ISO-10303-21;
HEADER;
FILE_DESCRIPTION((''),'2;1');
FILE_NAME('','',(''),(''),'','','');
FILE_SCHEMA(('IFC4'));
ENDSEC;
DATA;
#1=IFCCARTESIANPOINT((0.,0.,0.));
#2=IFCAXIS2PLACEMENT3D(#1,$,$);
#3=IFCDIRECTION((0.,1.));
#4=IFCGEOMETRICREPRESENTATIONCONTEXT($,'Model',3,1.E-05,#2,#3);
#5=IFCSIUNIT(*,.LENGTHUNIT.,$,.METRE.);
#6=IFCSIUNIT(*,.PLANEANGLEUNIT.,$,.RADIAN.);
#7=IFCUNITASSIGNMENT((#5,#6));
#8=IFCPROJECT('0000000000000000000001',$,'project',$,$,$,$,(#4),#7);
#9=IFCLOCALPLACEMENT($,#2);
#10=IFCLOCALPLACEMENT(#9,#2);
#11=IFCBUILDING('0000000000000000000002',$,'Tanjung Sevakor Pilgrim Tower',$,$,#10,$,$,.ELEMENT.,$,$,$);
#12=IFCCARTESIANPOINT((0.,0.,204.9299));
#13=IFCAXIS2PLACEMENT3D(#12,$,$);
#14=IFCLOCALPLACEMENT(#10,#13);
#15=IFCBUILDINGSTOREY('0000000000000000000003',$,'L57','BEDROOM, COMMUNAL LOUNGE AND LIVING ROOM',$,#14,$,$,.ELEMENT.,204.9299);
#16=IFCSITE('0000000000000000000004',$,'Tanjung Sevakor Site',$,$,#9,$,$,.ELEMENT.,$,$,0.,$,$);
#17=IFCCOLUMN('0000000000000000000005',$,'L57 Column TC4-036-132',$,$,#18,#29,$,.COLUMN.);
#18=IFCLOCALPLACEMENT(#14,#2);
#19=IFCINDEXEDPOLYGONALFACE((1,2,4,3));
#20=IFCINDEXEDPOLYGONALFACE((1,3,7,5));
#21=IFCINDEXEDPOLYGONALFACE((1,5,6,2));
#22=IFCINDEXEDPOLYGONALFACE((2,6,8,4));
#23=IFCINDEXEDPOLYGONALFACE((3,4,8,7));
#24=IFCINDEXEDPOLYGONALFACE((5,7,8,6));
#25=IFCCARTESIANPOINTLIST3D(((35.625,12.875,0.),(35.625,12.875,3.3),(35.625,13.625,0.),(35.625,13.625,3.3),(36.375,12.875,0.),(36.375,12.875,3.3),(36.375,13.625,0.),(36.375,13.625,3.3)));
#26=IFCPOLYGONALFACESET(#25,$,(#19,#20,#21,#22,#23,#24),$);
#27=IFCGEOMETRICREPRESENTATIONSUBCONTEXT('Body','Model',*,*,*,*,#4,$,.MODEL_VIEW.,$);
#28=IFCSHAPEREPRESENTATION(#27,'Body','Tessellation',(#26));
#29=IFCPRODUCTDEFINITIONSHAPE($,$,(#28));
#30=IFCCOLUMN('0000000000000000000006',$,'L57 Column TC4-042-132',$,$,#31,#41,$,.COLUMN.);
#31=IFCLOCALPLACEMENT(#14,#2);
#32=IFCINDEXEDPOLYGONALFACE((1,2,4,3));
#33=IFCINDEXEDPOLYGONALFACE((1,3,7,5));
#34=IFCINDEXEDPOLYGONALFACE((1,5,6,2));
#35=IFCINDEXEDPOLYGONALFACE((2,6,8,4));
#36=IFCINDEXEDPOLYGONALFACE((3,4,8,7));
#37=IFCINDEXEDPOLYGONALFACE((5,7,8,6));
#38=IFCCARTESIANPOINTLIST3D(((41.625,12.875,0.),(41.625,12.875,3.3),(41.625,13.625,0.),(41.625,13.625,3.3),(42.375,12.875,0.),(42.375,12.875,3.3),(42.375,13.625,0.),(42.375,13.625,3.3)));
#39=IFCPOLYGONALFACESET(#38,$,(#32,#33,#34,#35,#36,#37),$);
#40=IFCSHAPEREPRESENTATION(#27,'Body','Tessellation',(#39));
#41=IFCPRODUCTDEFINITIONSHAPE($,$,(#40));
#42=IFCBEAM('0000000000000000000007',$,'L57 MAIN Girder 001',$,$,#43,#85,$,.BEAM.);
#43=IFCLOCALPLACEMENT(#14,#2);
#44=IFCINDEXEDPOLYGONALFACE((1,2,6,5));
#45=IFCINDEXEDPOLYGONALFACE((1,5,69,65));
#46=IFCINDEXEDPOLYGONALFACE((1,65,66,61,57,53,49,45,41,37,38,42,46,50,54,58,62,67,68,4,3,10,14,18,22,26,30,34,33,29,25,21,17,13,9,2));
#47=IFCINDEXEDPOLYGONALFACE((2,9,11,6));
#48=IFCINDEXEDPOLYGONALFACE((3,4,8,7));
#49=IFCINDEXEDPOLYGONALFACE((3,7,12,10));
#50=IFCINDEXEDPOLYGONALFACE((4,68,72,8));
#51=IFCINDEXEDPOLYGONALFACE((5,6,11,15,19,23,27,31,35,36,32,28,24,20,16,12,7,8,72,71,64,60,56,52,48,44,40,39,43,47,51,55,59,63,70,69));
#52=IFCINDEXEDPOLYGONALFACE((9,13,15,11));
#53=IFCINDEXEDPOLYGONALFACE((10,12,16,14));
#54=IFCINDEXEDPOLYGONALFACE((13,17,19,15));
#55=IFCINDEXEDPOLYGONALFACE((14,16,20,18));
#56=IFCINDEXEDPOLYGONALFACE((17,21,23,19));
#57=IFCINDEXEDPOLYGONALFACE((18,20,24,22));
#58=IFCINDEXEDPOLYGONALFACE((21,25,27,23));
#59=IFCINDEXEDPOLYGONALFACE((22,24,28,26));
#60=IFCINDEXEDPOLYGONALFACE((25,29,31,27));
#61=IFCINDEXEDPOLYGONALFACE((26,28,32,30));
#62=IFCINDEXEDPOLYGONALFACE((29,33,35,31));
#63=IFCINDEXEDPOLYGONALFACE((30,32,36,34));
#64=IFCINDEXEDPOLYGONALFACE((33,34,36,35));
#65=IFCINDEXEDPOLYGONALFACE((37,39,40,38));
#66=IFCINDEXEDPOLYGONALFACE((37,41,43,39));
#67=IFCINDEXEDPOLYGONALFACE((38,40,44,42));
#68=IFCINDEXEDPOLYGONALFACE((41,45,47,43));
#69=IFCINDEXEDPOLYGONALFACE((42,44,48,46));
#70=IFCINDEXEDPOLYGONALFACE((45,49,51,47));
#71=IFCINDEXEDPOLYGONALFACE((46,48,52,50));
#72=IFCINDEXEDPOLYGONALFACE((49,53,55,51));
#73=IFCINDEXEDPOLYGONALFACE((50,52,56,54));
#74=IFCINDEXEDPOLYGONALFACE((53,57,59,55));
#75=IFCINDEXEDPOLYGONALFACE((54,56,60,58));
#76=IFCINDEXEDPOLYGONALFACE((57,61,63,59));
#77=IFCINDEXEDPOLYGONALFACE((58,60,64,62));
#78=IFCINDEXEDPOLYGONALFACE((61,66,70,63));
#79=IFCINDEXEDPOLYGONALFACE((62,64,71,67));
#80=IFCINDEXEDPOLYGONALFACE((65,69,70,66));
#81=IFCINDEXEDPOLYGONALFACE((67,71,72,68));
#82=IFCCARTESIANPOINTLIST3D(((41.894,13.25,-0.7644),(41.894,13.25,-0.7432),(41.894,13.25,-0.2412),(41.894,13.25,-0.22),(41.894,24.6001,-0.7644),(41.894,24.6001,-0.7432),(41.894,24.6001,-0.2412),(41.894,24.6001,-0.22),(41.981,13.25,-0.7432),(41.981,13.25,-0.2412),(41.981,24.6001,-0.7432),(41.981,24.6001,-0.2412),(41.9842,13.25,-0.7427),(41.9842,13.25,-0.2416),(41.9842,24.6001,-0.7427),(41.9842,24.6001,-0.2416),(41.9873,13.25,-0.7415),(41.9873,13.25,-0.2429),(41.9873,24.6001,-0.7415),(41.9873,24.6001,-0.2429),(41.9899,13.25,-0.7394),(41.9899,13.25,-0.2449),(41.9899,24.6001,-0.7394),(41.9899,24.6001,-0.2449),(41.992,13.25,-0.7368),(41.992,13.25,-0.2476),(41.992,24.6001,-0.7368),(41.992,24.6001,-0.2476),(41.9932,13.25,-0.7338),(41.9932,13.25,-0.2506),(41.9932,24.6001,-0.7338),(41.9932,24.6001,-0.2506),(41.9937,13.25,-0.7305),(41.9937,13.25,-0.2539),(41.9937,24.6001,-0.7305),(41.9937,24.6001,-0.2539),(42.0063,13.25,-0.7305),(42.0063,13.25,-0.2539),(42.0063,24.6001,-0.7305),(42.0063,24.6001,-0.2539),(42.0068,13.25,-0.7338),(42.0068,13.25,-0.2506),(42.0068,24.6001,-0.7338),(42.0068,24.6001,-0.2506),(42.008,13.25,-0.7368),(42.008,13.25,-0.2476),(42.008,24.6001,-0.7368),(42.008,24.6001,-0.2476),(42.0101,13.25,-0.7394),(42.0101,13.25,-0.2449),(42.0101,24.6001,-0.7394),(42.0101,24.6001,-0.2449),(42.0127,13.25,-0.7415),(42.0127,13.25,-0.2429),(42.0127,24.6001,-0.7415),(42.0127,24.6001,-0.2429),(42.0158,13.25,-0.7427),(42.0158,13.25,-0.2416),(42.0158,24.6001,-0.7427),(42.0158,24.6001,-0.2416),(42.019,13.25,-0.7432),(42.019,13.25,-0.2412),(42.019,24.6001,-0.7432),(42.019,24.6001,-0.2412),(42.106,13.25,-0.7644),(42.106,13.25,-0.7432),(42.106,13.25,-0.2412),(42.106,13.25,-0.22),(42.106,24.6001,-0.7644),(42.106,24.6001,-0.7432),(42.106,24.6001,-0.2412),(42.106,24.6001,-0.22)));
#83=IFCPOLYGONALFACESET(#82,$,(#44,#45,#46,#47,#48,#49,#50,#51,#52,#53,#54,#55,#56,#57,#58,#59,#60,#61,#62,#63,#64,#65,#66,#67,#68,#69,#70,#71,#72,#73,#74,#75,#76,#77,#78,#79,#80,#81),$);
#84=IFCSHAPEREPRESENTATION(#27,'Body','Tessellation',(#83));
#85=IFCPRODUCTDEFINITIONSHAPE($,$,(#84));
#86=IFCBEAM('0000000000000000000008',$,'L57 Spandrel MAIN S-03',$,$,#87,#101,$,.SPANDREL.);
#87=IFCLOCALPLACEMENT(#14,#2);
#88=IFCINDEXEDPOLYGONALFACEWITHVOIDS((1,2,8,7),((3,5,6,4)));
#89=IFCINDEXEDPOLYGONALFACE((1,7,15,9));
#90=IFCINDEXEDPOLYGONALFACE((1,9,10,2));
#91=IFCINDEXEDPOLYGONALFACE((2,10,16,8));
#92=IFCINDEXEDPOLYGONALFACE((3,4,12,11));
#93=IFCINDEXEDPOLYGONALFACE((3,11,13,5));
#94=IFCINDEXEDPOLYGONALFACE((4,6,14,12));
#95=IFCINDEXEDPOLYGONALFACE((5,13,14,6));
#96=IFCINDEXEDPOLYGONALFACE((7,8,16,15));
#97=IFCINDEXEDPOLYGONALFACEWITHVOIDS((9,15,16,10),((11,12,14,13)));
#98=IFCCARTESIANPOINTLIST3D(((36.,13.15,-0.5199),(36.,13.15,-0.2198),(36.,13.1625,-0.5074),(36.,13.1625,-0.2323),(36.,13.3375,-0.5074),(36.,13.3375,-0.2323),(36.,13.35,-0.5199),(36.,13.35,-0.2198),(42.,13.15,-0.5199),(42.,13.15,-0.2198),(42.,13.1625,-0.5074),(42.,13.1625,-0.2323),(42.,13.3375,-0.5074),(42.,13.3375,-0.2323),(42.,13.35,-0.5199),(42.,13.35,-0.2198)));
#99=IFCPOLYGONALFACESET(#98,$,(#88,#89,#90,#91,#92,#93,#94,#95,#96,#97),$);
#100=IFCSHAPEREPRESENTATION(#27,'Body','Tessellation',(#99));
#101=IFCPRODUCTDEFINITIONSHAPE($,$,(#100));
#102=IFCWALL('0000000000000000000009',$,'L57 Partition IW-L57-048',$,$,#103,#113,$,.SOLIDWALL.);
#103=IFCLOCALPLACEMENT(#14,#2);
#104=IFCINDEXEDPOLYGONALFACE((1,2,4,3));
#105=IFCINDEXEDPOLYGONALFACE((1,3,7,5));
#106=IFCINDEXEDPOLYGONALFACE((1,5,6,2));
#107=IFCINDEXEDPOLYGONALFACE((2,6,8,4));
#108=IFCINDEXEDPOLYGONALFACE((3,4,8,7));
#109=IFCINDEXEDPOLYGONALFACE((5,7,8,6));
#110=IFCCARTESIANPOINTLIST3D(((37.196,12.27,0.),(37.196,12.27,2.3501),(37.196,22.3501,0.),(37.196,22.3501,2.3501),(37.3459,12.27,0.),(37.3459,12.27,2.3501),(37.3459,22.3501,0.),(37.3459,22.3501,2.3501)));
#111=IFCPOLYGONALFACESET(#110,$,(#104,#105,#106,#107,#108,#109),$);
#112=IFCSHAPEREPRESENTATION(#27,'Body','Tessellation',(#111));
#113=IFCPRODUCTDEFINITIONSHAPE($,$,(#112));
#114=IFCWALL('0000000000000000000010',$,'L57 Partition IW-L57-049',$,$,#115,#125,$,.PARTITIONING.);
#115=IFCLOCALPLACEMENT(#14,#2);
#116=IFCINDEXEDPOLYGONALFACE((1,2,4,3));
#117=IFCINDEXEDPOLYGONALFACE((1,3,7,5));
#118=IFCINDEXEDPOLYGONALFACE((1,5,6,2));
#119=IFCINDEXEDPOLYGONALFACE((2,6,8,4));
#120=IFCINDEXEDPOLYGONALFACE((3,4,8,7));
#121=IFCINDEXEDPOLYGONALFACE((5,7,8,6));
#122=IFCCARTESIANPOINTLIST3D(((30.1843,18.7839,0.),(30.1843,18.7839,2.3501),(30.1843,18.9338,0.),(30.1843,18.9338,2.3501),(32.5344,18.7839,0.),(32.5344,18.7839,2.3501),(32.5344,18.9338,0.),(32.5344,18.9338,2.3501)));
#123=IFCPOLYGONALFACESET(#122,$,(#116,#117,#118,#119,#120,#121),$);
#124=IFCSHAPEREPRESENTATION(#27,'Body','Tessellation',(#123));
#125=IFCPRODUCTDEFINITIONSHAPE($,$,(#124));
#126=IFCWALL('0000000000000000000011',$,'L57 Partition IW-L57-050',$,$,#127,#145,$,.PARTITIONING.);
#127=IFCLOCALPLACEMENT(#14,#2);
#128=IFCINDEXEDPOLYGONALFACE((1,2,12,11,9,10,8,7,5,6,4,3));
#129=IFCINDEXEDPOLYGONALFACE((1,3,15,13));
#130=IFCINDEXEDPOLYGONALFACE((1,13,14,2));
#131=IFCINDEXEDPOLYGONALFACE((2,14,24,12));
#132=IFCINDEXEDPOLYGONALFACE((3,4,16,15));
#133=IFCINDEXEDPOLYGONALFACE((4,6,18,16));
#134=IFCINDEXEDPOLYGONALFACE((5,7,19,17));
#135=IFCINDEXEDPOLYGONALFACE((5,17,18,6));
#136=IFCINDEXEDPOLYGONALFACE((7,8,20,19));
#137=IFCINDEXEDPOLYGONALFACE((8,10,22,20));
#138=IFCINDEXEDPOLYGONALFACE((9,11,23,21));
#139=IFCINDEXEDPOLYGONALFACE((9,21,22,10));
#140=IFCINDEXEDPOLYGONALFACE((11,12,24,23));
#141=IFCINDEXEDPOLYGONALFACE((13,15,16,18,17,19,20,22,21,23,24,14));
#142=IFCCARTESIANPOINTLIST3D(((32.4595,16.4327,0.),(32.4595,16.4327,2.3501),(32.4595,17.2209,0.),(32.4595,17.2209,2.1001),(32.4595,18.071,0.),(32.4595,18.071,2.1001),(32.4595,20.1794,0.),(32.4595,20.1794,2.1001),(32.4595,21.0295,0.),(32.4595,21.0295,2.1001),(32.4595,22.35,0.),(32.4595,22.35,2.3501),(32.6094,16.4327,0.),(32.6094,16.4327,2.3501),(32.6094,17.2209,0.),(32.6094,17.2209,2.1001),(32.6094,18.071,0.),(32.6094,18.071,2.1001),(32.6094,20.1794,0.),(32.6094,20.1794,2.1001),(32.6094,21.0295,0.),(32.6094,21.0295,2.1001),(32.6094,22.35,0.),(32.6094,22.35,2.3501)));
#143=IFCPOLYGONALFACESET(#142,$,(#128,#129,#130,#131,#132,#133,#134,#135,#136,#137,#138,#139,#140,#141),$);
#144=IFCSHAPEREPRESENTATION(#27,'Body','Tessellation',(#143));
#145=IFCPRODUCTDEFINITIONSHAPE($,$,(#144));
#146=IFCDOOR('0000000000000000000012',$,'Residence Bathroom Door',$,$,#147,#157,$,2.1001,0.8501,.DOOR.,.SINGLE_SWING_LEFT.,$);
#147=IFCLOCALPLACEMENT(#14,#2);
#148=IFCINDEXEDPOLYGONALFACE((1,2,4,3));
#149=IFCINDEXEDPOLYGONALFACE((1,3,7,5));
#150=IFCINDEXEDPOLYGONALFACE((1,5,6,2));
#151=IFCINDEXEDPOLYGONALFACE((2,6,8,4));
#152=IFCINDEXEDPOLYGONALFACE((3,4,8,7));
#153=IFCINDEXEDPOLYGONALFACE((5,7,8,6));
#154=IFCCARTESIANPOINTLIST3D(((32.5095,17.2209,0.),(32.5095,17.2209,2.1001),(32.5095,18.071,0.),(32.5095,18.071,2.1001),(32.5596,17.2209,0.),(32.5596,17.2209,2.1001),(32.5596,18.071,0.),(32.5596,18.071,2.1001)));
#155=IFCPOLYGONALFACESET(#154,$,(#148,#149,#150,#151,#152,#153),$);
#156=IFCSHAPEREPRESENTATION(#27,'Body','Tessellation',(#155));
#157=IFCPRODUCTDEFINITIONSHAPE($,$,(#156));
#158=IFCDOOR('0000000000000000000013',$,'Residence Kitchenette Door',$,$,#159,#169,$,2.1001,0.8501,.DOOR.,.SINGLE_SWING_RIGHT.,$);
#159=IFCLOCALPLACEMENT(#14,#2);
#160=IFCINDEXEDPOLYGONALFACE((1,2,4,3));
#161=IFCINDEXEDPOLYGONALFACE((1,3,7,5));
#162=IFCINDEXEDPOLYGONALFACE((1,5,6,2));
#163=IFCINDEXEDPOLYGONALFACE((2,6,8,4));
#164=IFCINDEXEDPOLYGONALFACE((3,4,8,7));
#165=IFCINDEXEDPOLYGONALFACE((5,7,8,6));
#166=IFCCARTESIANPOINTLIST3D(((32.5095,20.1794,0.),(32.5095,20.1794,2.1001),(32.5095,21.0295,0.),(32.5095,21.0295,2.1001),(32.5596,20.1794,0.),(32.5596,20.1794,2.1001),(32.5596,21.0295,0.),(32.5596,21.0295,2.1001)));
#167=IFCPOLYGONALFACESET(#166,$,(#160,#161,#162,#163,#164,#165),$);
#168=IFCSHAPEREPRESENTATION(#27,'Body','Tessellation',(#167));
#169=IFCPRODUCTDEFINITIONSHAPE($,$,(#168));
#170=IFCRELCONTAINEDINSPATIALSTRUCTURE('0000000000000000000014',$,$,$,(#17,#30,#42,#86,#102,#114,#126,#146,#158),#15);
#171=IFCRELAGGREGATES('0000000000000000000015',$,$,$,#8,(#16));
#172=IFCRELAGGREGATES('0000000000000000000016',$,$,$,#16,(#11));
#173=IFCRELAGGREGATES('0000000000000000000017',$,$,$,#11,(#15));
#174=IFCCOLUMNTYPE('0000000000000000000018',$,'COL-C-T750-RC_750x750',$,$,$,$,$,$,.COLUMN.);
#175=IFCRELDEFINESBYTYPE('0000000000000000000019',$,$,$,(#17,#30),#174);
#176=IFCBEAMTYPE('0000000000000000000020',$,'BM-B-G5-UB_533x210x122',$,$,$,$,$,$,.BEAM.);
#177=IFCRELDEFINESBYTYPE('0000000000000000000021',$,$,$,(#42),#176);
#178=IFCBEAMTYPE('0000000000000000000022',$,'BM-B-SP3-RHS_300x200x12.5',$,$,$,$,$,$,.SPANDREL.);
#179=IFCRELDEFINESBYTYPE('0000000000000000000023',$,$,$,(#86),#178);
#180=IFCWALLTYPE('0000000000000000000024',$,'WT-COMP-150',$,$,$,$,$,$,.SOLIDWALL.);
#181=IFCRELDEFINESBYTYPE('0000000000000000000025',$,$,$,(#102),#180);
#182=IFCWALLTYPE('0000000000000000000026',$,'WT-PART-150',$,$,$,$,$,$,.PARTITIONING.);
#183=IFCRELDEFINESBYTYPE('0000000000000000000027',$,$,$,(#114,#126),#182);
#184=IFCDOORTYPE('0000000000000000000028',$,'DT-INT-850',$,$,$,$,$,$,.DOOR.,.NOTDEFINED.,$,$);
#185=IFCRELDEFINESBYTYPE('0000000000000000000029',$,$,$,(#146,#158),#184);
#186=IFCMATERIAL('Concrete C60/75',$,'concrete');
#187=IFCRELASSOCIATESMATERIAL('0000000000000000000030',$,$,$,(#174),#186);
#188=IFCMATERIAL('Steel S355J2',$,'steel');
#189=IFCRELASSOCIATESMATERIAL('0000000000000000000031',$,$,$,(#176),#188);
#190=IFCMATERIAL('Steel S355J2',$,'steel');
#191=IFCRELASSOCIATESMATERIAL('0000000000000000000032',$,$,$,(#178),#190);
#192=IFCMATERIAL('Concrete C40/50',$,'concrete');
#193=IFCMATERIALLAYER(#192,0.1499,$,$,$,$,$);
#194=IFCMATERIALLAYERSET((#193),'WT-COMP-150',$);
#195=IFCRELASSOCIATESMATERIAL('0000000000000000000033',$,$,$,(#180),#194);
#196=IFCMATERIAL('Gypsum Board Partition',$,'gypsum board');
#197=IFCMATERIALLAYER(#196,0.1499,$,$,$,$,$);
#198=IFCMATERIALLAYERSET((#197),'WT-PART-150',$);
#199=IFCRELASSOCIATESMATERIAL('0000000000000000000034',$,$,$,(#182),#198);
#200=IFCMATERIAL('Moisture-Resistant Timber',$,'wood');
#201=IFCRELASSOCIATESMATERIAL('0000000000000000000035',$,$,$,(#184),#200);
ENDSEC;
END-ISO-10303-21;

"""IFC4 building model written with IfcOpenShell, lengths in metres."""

from ifc_helpers import new_model, si_unit, direction, frame, frame_2d, origin, origin_2d, place, context, subcontext, project, spatial, rectangle, hollow_rectangle, i_section, extrude, material, layer, layer_set, material_profile, profile_set, type_object, element, fill, save


model = new_model("IFC4")

# Units and contexts
model_context = context("Model", 3, precision=1e-05, world=origin(), true_north=direction((0.0, 1.0)))
body_context = subcontext(model_context, "Body", "Model", "MODEL_VIEW")
ifc_project = project(units=[si_unit("LENGTHUNIT", "METRE"), si_unit("PLANEANGLEUNIT", "RADIAN")], contexts=[model_context])

# Site, building, storey
site_placement = place(None, origin())
site = spatial("IfcSite", under=ifc_project, at=site_placement, Name="Tanjung Sevakor Site", CompositionType="ELEMENT", RefElevation=0.0)
building_placement = place(site_placement, origin())
building = spatial("IfcBuilding", under=site, at=building_placement, Name="Tanjung Sevakor Pilgrim Tower", CompositionType="ELEMENT")
storey_placement = place(building_placement, frame((0.0, 0.0, 204.9299)))
storey = spatial("IfcBuildingStorey", under=building, at=storey_placement, Name="L57", Description="BEDROOM, COMMUNAL LOUNGE AND LIVING ROOM", CompositionType="ELEMENT", Elevation=204.9299)

# Columns
ifc_material_1 = material(Name="Concrete C60/75", Category="concrete")
ifc_material_profile_1 = material_profile(ifc_material_1, rectangle(XDim=0.75, YDim=0.75, at=origin_2d()))
ifc_profile_set_1 = profile_set([ifc_material_profile_1], Name="Concrete C60/75")
column_type = type_object("IfcColumnType", Name="COL-C-T750-RC_750x750", PredefinedType="COLUMN", material=ifc_profile_set_1)
for number, where, z_axis, x_axis, name in (
    (1, (36.0, 13.25, 0.0), (0.0, 0.0, 1.0), (1.0, 0.0, 0.0), "L57 Column TC4-036-132"),
    (2, (42.0, 13.25, 0.0), (0.0, 0.0, 1.0), (1.0, 0.0, 0.0), "L57 Column TC4-042-132"),
):
    element("IfcColumn", number, at=place(storey_placement, frame(where, z_axis=z_axis, x_axis=x_axis)), inside=storey, type_object=column_type, Name=name, PredefinedType="COLUMN", context=body_context, shape_type="SweptSolid", body=[
        extrude(rectangle(XDim=0.75, YDim=0.75, at=origin_2d()), origin(), (0.0, 0.0, 1.0), 3.3),
    ])

# Beams
ifc_material_2 = material(Name="Steel S355J2", Category="steel")
ifc_material_profile_2 = material_profile(ifc_material_2, i_section(OverallWidth=0.2119, OverallDepth=0.5444, WebThickness=0.0127, FlangeThickness=0.0212, FilletRadius=0.0127, at=origin_2d()))
ifc_profile_set_2 = profile_set([ifc_material_profile_2], Name="Steel S355J2")
beam_type_1 = type_object("IfcBeamType", Name="BM-B-G5-UB_533x210x122", PredefinedType="BEAM", material=ifc_profile_set_2)
beam_1_placement = place(storey_placement, frame((42.0, 13.25, -0.4922), z_axis=(0.0, 1.0, 0.0), x_axis=(-1.0, 0.0, 0.0)))
element("IfcBeam", 3, at=beam_1_placement, inside=storey, type_object=beam_type_1, Name="L57 MAIN Girder 001", PredefinedType="BEAM", context=body_context, shape_type="SweptSolid", body=[
    extrude(i_section(OverallWidth=0.2119, OverallDepth=0.5444, WebThickness=0.0127, FlangeThickness=0.0212, FilletRadius=0.0127, at=origin_2d()), origin(), (0.0, 0.0, 1.0), 11.3501),
])
ifc_material_3 = material(Name="Steel S355J2", Category="steel")
ifc_material_profile_3 = material_profile(ifc_material_3, hollow_rectangle(XDim=0.2, YDim=0.3, WallThickness=0.0125, at=origin_2d()))
ifc_profile_set_3 = profile_set([ifc_material_profile_3], Name="Steel S355J2")
beam_type_2 = type_object("IfcBeamType", Name="BM-B-SP3-RHS_300x200x12.5", PredefinedType="SPANDREL", material=ifc_profile_set_3)
beam_2_placement = place(storey_placement, frame((36.0, 13.25, -0.3699), z_axis=(1.0, 0.0, 0.0), x_axis=(0.0, 1.0, 0.0)))
element("IfcBeam", 4, at=beam_2_placement, inside=storey, type_object=beam_type_2, Name="L57 Spandrel MAIN S-03", PredefinedType="SPANDREL", context=body_context, shape_type="SweptSolid", body=[
    extrude(hollow_rectangle(XDim=0.2, YDim=0.3, WallThickness=0.0125, at=origin_2d()), origin(), (0.0, 0.0, 1.0), 6.0),
])

# Walls
ifc_material_4 = material(Name="Concrete C40/50", Category="concrete")
ifc_layer_1 = layer(ifc_material_4, 0.1499)
ifc_layer_set_1 = layer_set([ifc_layer_1], Name="WT-COMP-150")
wall_type_1 = type_object("IfcWallType", Name="WT-COMP-150", PredefinedType="SOLIDWALL", material=ifc_layer_set_1)
wall_1_placement = place(storey_placement, frame((37.271, 12.27, 0.0), z_axis=(0.0, 0.0, 1.0), x_axis=(0.0, 1.0, 0.0)))
element("IfcWall", 5, at=wall_1_placement, inside=storey, type_object=wall_type_1, Name="L57 Partition IW-L57-048", PredefinedType="SOLIDWALL", context=body_context, shape_type="SweptSolid", body=[
    extrude(rectangle(XDim=10.0801, YDim=0.1499, at=frame_2d((5.04, 0.0))), origin(), (0.0, 0.0, 1.0), 2.3501),
])
ifc_material_5 = material(Name="Gypsum Board Partition", Category="gypsum board")
ifc_layer_2 = layer(ifc_material_5, 0.1499)
ifc_layer_set_2 = layer_set([ifc_layer_2], Name="WT-PART-150")
wall_type_2 = type_object("IfcWallType", Name="WT-PART-150", PredefinedType="PARTITIONING", material=ifc_layer_set_2)
wall_2_placement = place(storey_placement, frame((30.1843, 18.8589, 0.0), z_axis=(0.0, 0.0, 1.0), x_axis=(1.0, 0.0, 0.0)))
element("IfcWall", 6, at=wall_2_placement, inside=storey, type_object=wall_type_2, Name="L57 Partition IW-L57-049", PredefinedType="PARTITIONING", context=body_context, shape_type="SweptSolid", body=[
    extrude(rectangle(XDim=2.3501, YDim=0.1499, at=frame_2d((1.175, 0.0))), origin(), (0.0, 0.0, 1.0), 2.3501),
])

# Wall, openings, doors
wall_3_placement = place(storey_placement, frame((32.5344, 16.4329, 0.0), z_axis=(0.0, 0.0, 1.0), x_axis=(0.0, 1.0, 0.0)))
wall_3 = element("IfcWall", 7, at=wall_3_placement, inside=storey, type_object=wall_type_2, Name="L57 Partition IW-L57-050", PredefinedType="PARTITIONING", context=body_context, shape_type="SweptSolid", body=[
    extrude(rectangle(XDim=5.9172, YDim=0.1499, at=frame_2d((2.9585, 0.0))), origin(), (0.0, 0.0, 1.0), 2.3501),
])
opening_1_placement = place(wall_3_placement, frame((0.7881, 0.0, 0.0)))
opening_1 = element("IfcOpeningElement", 8, at=opening_1_placement, cuts=wall_3, PredefinedType="OPENING", context=body_context, shape_type="SweptSolid", body=[
    extrude(rectangle(XDim=0.8501, YDim=2.1001, at=frame_2d((0.425, 1.05))), frame((0.0, 0.085, 0.0), z_axis=(0.0, -1.0, 0.0), x_axis=(1.0, 0.0, 0.0)), (0.0, 0.0, 1.0), 0.1699),
])
opening_2_placement = place(wall_3_placement, frame((3.7466, 0.0, 0.0)))
opening_2 = element("IfcOpeningElement", 9, at=opening_2_placement, cuts=wall_3, PredefinedType="OPENING", context=body_context, shape_type="SweptSolid", body=[
    extrude(rectangle(XDim=0.8501, YDim=2.1001, at=frame_2d((0.425, 1.05))), frame((0.0, 0.085, 0.0), z_axis=(0.0, -1.0, 0.0), x_axis=(1.0, 0.0, 0.0)), (0.0, 0.0, 1.0), 0.1699),
])
ifc_material_6 = material(Name="Moisture-Resistant Timber", Category="wood")
door_type = type_object("IfcDoorType", Name="DT-INT-850", OperationType="NOTDEFINED", PredefinedType="DOOR", material=ifc_material_6)
door_1_placement = place(opening_1_placement, origin())
door_1 = element("IfcDoor", 10, at=door_1_placement, inside=storey, type_object=door_type, Name="Residence Bathroom Door", OperationType="SINGLE_SWING_LEFT", OverallHeight=2.1001, OverallWidth=0.8501, PredefinedType="DOOR", context=body_context, shape_type="SweptSolid", body=[
    extrude(rectangle(XDim=0.8501, YDim=2.1001, at=frame_2d((0.425, 1.05))), frame((0.0, 0.0249, 0.0), z_axis=(0.0, -1.0, 0.0), x_axis=(1.0, 0.0, 0.0)), (0.0, 0.0, 1.0), 0.05),
])
fill(opening_1, door_1)
door_2_placement = place(opening_2_placement, origin())
door_2 = element("IfcDoor", 11, at=door_2_placement, inside=storey, type_object=door_type, Name="Residence Kitchenette Door", OperationType="SINGLE_SWING_RIGHT", OverallHeight=2.1001, OverallWidth=0.8501, PredefinedType="DOOR", context=body_context, shape_type="SweptSolid", body=[
    extrude(rectangle(XDim=0.8501, YDim=2.1001, at=frame_2d((0.425, 1.05))), frame((0.0, 0.0249, 0.0), z_axis=(0.0, -1.0, 0.0), x_axis=(1.0, 0.0, 0.0)), (0.0, 0.0, 1.0), 0.05),
])
fill(opening_2, door_2)

save(model, "model.ifc")
